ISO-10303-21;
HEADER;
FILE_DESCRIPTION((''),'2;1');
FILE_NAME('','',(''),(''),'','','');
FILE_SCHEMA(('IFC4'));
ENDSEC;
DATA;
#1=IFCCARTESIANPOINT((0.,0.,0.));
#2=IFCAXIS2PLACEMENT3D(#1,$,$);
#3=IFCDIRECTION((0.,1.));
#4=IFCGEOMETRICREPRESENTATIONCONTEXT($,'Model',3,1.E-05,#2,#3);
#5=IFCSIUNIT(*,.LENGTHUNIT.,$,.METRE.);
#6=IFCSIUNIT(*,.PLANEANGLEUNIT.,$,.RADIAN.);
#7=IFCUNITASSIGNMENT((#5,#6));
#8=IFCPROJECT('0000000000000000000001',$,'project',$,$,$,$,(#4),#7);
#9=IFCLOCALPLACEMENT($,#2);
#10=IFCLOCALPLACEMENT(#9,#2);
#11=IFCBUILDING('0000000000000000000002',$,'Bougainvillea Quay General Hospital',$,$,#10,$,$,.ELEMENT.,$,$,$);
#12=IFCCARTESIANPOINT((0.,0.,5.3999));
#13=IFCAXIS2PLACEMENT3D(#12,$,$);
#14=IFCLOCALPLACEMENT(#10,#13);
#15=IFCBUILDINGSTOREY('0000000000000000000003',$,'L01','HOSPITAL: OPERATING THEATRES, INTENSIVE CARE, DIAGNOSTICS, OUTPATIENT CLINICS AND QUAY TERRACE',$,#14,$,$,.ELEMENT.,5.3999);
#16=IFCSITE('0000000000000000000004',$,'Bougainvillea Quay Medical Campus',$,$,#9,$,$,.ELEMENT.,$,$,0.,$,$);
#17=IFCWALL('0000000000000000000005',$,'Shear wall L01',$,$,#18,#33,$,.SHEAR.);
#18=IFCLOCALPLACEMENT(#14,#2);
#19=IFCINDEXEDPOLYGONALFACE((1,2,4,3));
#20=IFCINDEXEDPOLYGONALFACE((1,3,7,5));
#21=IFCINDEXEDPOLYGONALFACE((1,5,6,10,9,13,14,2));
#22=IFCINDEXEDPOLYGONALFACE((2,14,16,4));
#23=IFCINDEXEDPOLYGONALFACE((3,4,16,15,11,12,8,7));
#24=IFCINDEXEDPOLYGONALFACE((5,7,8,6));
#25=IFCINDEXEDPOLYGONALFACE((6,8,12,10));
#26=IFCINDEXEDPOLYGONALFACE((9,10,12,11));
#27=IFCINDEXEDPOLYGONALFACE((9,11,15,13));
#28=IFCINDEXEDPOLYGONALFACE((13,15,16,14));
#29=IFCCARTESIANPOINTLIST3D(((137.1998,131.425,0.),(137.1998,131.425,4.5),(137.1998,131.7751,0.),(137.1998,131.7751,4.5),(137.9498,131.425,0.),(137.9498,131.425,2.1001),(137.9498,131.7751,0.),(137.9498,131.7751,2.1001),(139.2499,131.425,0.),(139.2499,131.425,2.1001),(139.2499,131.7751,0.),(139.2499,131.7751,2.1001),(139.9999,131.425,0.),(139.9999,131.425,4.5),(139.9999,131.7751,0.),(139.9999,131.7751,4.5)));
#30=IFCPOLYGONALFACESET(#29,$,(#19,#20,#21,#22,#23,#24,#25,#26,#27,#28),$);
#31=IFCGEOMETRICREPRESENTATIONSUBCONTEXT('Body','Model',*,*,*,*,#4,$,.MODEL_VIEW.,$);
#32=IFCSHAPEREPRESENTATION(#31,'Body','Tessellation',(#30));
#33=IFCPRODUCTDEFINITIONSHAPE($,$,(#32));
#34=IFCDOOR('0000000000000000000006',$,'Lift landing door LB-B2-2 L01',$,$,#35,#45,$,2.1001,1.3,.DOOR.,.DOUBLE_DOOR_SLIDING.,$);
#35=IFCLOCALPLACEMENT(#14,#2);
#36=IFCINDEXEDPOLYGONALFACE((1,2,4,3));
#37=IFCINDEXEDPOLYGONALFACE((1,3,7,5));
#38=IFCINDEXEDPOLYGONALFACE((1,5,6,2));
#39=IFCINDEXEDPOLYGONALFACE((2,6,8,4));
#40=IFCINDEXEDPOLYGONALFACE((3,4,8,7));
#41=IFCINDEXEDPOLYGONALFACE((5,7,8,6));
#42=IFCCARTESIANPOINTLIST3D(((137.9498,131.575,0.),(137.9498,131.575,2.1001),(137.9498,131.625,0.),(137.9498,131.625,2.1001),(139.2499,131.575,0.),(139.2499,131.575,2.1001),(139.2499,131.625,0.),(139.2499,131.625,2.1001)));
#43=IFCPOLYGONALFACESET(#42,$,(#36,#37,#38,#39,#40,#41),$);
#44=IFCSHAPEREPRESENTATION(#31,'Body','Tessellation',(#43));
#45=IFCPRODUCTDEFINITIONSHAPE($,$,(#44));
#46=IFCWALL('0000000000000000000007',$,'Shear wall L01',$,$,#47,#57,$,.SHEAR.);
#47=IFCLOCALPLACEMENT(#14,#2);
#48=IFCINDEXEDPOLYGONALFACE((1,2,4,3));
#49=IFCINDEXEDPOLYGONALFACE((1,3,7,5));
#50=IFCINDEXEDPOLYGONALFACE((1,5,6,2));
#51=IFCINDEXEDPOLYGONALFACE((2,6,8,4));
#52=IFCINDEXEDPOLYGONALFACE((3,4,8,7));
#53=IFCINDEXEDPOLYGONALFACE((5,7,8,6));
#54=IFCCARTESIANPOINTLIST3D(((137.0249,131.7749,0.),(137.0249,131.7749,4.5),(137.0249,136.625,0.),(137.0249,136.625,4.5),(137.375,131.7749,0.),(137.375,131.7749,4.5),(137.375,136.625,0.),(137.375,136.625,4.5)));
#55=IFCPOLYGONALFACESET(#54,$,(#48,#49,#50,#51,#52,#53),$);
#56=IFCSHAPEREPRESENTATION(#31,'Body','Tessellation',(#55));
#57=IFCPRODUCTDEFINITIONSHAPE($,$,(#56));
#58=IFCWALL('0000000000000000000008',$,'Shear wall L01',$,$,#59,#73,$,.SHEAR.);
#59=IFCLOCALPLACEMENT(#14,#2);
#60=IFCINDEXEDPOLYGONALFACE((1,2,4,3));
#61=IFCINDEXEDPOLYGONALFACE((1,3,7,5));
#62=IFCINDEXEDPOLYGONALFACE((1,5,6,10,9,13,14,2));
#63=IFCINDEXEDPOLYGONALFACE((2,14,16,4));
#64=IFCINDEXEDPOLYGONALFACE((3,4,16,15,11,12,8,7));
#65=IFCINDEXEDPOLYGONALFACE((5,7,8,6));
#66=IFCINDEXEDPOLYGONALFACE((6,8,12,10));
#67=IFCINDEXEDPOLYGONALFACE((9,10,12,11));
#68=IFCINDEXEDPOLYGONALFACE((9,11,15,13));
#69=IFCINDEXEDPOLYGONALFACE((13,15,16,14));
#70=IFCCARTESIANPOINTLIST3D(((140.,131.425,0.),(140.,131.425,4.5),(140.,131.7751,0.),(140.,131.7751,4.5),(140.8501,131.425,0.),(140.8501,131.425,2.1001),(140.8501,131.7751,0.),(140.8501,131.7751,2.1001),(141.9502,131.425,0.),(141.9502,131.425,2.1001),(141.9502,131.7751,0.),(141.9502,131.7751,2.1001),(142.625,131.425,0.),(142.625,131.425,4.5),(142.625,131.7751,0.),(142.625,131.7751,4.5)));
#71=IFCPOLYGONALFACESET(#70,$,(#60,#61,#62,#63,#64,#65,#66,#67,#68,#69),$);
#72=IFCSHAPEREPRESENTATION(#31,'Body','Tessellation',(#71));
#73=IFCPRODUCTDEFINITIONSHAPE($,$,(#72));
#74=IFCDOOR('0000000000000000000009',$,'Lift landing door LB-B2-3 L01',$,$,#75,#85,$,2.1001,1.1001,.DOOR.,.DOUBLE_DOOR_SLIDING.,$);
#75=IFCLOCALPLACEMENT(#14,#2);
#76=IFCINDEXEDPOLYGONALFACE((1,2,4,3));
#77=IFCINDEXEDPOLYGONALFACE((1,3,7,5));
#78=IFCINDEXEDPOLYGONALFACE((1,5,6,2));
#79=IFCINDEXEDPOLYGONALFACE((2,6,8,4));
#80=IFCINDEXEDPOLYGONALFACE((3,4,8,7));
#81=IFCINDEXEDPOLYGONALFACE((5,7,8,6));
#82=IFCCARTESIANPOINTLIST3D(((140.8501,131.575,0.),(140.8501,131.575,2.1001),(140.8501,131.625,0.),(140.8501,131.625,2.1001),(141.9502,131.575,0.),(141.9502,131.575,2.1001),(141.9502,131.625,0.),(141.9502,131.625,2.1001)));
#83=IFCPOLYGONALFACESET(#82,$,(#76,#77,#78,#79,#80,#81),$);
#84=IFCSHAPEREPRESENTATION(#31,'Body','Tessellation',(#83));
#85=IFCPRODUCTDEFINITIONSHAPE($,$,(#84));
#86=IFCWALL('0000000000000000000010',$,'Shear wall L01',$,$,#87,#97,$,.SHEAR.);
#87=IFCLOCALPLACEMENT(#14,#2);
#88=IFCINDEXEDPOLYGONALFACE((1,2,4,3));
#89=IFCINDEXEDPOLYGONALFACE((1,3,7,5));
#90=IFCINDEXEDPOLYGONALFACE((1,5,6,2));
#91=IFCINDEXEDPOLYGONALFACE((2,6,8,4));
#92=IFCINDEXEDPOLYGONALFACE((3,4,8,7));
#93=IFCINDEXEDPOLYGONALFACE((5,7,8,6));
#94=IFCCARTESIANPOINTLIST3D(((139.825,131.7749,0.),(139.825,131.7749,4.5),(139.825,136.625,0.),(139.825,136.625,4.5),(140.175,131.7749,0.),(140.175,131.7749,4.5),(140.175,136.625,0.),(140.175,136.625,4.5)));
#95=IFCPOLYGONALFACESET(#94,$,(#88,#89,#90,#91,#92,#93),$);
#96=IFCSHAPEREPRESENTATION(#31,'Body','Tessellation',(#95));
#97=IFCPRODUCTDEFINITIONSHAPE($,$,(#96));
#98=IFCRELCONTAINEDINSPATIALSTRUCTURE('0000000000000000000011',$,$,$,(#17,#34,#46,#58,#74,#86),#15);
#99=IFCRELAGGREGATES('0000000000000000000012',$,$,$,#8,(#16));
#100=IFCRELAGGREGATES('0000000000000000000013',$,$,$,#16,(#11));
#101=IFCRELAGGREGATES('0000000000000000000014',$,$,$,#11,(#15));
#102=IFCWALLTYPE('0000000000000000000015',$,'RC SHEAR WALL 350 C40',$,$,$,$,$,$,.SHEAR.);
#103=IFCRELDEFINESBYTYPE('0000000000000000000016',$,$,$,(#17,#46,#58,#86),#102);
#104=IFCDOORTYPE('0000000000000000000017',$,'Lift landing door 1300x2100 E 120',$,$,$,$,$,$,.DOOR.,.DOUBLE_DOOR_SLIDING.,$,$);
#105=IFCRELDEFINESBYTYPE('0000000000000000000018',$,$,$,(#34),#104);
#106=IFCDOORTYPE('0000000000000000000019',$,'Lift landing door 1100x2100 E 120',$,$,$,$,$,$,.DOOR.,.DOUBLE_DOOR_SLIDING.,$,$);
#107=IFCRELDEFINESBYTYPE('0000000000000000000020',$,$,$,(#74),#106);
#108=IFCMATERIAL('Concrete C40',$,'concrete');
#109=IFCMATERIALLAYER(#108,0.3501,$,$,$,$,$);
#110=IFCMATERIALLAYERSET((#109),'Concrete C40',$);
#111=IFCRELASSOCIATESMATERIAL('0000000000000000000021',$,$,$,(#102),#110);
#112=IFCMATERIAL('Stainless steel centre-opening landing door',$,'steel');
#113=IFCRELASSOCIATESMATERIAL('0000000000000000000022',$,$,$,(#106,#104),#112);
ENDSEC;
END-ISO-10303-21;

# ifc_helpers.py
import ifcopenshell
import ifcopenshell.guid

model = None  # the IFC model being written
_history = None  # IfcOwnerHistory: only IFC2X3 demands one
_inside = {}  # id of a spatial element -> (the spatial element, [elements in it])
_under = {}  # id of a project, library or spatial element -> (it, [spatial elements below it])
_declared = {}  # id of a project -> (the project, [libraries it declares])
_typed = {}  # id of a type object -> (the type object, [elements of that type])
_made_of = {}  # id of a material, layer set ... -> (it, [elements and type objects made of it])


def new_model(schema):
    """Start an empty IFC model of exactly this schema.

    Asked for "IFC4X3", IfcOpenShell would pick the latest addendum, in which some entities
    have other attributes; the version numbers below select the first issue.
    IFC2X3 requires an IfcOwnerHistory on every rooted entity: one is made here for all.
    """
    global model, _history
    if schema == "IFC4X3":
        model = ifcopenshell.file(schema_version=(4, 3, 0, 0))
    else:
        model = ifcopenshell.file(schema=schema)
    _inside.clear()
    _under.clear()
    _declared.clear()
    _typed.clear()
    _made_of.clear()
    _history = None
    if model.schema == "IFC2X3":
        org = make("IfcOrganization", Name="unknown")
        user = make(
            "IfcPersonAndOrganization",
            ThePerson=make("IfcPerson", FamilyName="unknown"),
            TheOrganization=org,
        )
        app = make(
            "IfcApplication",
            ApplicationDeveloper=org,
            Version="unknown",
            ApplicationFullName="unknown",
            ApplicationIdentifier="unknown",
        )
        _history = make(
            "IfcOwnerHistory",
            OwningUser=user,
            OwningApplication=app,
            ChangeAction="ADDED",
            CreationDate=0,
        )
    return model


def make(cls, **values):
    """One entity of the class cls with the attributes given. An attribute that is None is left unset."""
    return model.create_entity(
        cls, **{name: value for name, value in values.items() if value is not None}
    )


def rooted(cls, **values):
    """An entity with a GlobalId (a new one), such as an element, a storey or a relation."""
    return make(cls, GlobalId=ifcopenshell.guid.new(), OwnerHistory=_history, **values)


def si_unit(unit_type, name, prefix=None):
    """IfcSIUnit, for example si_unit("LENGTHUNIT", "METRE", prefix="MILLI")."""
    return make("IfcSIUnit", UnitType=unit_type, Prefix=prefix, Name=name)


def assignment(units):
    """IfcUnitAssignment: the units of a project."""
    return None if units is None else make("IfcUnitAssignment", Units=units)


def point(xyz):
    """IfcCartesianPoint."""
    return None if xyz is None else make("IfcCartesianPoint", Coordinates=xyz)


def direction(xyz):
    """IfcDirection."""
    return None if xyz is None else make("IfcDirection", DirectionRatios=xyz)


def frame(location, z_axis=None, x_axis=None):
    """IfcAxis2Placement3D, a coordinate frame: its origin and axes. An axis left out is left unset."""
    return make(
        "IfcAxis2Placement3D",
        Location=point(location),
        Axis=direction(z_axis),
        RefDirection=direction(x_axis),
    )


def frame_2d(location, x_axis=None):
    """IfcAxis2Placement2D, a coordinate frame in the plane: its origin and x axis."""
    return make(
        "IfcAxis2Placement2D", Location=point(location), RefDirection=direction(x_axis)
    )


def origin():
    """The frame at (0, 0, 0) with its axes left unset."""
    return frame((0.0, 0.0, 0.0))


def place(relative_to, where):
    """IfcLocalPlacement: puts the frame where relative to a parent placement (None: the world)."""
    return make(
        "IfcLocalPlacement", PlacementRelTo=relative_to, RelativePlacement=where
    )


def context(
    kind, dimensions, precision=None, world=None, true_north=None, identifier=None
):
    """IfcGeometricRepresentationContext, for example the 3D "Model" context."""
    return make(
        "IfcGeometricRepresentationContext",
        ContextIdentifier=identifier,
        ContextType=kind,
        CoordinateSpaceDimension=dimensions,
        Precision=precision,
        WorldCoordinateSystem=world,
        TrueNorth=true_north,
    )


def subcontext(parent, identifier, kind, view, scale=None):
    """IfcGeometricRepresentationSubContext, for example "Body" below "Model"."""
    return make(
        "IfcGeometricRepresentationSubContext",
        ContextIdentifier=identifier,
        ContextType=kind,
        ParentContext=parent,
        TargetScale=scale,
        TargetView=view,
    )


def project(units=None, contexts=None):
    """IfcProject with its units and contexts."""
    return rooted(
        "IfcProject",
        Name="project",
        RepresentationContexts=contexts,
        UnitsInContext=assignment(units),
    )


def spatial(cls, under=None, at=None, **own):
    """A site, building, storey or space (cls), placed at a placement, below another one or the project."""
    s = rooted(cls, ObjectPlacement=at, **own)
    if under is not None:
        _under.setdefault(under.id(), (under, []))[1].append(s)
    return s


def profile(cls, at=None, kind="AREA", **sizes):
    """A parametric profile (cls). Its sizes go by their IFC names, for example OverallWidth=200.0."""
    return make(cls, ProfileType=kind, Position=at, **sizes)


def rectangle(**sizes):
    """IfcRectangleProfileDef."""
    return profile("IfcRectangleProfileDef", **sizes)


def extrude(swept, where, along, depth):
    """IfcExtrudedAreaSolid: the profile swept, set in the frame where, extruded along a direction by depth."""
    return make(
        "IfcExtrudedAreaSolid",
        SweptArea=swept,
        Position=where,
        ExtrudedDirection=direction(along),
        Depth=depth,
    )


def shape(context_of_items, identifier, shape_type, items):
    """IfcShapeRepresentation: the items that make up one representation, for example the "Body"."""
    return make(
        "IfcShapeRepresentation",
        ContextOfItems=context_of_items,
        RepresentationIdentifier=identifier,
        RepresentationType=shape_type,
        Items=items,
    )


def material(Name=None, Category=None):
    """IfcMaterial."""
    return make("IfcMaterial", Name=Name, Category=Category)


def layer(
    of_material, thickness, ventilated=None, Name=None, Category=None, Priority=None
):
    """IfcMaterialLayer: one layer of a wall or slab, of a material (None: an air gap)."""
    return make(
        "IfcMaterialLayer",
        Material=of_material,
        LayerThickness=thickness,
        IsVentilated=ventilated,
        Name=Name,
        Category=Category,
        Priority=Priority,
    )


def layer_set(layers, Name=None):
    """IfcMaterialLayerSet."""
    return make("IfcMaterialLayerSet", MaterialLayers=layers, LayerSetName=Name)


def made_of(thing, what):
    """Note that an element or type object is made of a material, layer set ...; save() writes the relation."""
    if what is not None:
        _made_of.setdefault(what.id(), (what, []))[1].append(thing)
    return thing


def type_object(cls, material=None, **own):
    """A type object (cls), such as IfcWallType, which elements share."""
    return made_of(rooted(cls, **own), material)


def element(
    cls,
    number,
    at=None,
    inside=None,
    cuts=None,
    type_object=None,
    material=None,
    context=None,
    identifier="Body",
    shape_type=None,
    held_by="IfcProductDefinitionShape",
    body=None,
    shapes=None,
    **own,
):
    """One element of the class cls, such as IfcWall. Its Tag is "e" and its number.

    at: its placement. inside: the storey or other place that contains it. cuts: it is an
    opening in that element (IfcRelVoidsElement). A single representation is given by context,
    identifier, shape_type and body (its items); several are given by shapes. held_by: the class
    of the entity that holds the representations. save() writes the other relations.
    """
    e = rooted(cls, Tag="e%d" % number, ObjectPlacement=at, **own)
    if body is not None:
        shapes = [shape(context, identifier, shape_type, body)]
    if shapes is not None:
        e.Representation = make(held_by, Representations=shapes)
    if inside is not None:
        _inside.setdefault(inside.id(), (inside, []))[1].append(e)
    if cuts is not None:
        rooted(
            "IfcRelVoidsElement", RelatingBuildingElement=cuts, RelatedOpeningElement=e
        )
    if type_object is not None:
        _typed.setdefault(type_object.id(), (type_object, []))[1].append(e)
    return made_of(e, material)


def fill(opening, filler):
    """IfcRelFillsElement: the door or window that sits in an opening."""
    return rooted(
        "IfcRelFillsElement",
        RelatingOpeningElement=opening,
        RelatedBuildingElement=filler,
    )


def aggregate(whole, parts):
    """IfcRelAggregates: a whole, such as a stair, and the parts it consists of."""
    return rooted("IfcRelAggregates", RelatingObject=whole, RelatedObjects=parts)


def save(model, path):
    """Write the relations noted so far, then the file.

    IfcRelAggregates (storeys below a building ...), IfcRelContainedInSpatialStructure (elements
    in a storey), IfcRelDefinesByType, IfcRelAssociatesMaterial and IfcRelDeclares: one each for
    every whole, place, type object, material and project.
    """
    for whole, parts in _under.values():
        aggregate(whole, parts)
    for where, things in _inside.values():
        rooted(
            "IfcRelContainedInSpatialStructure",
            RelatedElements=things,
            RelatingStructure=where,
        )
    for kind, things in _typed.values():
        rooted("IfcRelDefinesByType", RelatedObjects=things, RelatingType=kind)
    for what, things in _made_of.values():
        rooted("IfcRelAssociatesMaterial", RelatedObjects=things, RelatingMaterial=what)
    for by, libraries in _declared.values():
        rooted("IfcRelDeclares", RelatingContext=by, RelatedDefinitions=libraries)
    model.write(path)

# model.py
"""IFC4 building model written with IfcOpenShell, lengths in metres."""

from ifc_helpers import new_model, si_unit, direction, frame, frame_2d, origin, place, context, subcontext, project, spatial, rectangle, extrude, material, layer, layer_set, type_object, element, fill, save


model = new_model("IFC4")

# Units and contexts
model_context = context("Model", 3, precision=1e-05, world=origin(), true_north=direction((0.0, 1.0)))
body_context = subcontext(model_context, "Body", "Model", "MODEL_VIEW")
ifc_project = project(units=[si_unit("LENGTHUNIT", "METRE"), si_unit("PLANEANGLEUNIT", "RADIAN")], contexts=[model_context])

# Site, building, storey
site_placement = place(None, origin())
site = spatial("IfcSite", under=ifc_project, at=site_placement, Name="Bougainvillea Quay Medical Campus", CompositionType="ELEMENT", RefElevation=0.0)
building_placement = place(site_placement, origin())
building = spatial("IfcBuilding", under=site, at=building_placement, Name="Bougainvillea Quay General Hospital", CompositionType="ELEMENT")
storey_placement = place(building_placement, frame((0.0, 0.0, 5.3999)))
storey = spatial("IfcBuildingStorey", under=building, at=storey_placement, Name="L01", Description="HOSPITAL: OPERATING THEATRES, INTENSIVE CARE, DIAGNOSTICS, OUTPATIENT CLINICS AND QUAY TERRACE", CompositionType="ELEMENT", Elevation=5.3999)

# Shared definitions
ifc_material_1 = material(Name="Concrete C40", Category="concrete")

# Shared definitions
ifc_layer_1 = layer(ifc_material_1, 0.3501)
ifc_layer_set_1 = layer_set([ifc_layer_1], Name="Concrete C40")
wall_type_1 = type_object("IfcWallType", Name="RC SHEAR WALL 350 C40", PredefinedType="SHEAR", material=ifc_layer_set_1)

# Wall, opening, door
ifc_material_2 = material(Name="Stainless steel centre-opening landing door", Category="steel")
door_type_1 = type_object("IfcDoorType", Name="Lift landing door 1100x2100 E 120", OperationType="DOUBLE_DOOR_SLIDING", PredefinedType="DOOR", material=ifc_material_2)
wall_1_placement = place(storey_placement, frame((137.2, 131.6001, 0.0), z_axis=(0.0, 0.0, 1.0), x_axis=(1.0, 0.0, 0.0)))
wall_1 = element("IfcWall", 1, at=wall_1_placement, inside=storey, type_object=wall_type_1, Name="Shear wall L01", PredefinedType="SHEAR", context=body_context, shape_type="SweptSolid", body=[
    extrude(rectangle(XDim=2.8, YDim=0.3501, at=frame_2d((1.3999, 0.0))), origin(), (0.0, 0.0, 1.0), 4.5),
])
opening_1_placement = place(wall_1_placement, frame((0.75, 0.0, 0.0)))
opening_1 = element("IfcOpeningElement", 2, at=opening_1_placement, cuts=wall_1, PredefinedType="OPENING", context=body_context, shape_type="SweptSolid", body=[
    extrude(rectangle(XDim=1.3, YDim=2.1001, at=frame_2d((0.6499, 1.05))), frame((0.0, 0.1851, 0.0), z_axis=(0.0, -1.0, 0.0), x_axis=(1.0, 0.0, 0.0)), (0.0, 0.0, 1.0), 0.3701),
])
door_type_2 = type_object("IfcDoorType", Name="Lift landing door 1300x2100 E 120", OperationType="DOUBLE_DOOR_SLIDING", PredefinedType="DOOR", material=ifc_material_2)
door_1_placement = place(opening_1_placement, origin())
door_1 = element("IfcDoor", 3, at=door_1_placement, inside=storey, type_object=door_type_2, Name="Lift landing door LB-B2-2 L01", OperationType="DOUBLE_DOOR_SLIDING", OverallHeight=2.1001, OverallWidth=1.3, PredefinedType="DOOR", context=body_context, shape_type="SweptSolid", body=[
    extrude(rectangle(XDim=1.3, YDim=2.1001, at=frame_2d((0.6499, 1.05))), frame((0.0, 0.0249, 0.0), z_axis=(0.0, -1.0, 0.0), x_axis=(1.0, 0.0, 0.0)), (0.0, 0.0, 1.0), 0.05),
])
fill(opening_1, door_1)

# Wall
wall_2_placement = place(storey_placement, frame((137.2, 131.7749, 0.0), z_axis=(0.0, 0.0, 1.0), x_axis=(0.0, 1.0, 0.0)))
element("IfcWall", 4, at=wall_2_placement, inside=storey, type_object=wall_type_1, Name="Shear wall L01", PredefinedType="SHEAR", context=body_context, shape_type="SweptSolid", body=[
    extrude(rectangle(XDim=4.8501, YDim=0.3501, at=frame_2d((2.425, 0.0))), origin(), (0.0, 0.0, 1.0), 4.5),
])

# Wall, opening, door
wall_3_placement = place(storey_placement, frame((140.0, 131.6001, 0.0), z_axis=(0.0, 0.0, 1.0), x_axis=(1.0, 0.0, 0.0)))
wall_3 = element("IfcWall", 5, at=wall_3_placement, inside=storey, type_object=wall_type_1, Name="Shear wall L01", PredefinedType="SHEAR", context=body_context, shape_type="SweptSolid", body=[
    extrude(rectangle(XDim=2.625, YDim=0.3501, at=frame_2d((1.3125, 0.0))), origin(), (0.0, 0.0, 1.0), 4.5),
])
opening_2_placement = place(wall_3_placement, frame((0.8501, 0.0, 0.0)))
opening_2 = element("IfcOpeningElement", 6, at=opening_2_placement, cuts=wall_3, PredefinedType="OPENING", context=body_context, shape_type="SweptSolid", body=[
    extrude(rectangle(XDim=1.1001, YDim=2.1001, at=frame_2d((0.55, 1.05))), frame((0.0, 0.1851, 0.0), z_axis=(0.0, -1.0, 0.0), x_axis=(1.0, 0.0, 0.0)), (0.0, 0.0, 1.0), 0.3701),
])
door_2_placement = place(opening_2_placement, origin())
door_2 = element("IfcDoor", 7, at=door_2_placement, inside=storey, type_object=door_type_1, Name="Lift landing door LB-B2-3 L01", OperationType="DOUBLE_DOOR_SLIDING", OverallHeight=2.1001, OverallWidth=1.1001, PredefinedType="DOOR", context=body_context, shape_type="SweptSolid", body=[
    extrude(rectangle(XDim=1.1001, YDim=2.1001, at=frame_2d((0.55, 1.05))), frame((0.0, 0.0249, 0.0), z_axis=(0.0, -1.0, 0.0), x_axis=(1.0, 0.0, 0.0)), (0.0, 0.0, 1.0), 0.05),
])
fill(opening_2, door_2)

# Wall
wall_4_placement = place(storey_placement, frame((140.0, 131.7749, 0.0), z_axis=(0.0, 0.0, 1.0), x_axis=(0.0, 1.0, 0.0)))
element("IfcWall", 8, at=wall_4_placement, inside=storey, type_object=wall_type_1, Name="Shear wall L01", PredefinedType="SHEAR", context=body_context, shape_type="SweptSolid", body=[
    extrude(rectangle(XDim=4.8501, YDim=0.3501, at=frame_2d((2.425, 0.0))), origin(), (0.0, 0.0, 1.0), 4.5),
])

save(model, "model.ifc")
